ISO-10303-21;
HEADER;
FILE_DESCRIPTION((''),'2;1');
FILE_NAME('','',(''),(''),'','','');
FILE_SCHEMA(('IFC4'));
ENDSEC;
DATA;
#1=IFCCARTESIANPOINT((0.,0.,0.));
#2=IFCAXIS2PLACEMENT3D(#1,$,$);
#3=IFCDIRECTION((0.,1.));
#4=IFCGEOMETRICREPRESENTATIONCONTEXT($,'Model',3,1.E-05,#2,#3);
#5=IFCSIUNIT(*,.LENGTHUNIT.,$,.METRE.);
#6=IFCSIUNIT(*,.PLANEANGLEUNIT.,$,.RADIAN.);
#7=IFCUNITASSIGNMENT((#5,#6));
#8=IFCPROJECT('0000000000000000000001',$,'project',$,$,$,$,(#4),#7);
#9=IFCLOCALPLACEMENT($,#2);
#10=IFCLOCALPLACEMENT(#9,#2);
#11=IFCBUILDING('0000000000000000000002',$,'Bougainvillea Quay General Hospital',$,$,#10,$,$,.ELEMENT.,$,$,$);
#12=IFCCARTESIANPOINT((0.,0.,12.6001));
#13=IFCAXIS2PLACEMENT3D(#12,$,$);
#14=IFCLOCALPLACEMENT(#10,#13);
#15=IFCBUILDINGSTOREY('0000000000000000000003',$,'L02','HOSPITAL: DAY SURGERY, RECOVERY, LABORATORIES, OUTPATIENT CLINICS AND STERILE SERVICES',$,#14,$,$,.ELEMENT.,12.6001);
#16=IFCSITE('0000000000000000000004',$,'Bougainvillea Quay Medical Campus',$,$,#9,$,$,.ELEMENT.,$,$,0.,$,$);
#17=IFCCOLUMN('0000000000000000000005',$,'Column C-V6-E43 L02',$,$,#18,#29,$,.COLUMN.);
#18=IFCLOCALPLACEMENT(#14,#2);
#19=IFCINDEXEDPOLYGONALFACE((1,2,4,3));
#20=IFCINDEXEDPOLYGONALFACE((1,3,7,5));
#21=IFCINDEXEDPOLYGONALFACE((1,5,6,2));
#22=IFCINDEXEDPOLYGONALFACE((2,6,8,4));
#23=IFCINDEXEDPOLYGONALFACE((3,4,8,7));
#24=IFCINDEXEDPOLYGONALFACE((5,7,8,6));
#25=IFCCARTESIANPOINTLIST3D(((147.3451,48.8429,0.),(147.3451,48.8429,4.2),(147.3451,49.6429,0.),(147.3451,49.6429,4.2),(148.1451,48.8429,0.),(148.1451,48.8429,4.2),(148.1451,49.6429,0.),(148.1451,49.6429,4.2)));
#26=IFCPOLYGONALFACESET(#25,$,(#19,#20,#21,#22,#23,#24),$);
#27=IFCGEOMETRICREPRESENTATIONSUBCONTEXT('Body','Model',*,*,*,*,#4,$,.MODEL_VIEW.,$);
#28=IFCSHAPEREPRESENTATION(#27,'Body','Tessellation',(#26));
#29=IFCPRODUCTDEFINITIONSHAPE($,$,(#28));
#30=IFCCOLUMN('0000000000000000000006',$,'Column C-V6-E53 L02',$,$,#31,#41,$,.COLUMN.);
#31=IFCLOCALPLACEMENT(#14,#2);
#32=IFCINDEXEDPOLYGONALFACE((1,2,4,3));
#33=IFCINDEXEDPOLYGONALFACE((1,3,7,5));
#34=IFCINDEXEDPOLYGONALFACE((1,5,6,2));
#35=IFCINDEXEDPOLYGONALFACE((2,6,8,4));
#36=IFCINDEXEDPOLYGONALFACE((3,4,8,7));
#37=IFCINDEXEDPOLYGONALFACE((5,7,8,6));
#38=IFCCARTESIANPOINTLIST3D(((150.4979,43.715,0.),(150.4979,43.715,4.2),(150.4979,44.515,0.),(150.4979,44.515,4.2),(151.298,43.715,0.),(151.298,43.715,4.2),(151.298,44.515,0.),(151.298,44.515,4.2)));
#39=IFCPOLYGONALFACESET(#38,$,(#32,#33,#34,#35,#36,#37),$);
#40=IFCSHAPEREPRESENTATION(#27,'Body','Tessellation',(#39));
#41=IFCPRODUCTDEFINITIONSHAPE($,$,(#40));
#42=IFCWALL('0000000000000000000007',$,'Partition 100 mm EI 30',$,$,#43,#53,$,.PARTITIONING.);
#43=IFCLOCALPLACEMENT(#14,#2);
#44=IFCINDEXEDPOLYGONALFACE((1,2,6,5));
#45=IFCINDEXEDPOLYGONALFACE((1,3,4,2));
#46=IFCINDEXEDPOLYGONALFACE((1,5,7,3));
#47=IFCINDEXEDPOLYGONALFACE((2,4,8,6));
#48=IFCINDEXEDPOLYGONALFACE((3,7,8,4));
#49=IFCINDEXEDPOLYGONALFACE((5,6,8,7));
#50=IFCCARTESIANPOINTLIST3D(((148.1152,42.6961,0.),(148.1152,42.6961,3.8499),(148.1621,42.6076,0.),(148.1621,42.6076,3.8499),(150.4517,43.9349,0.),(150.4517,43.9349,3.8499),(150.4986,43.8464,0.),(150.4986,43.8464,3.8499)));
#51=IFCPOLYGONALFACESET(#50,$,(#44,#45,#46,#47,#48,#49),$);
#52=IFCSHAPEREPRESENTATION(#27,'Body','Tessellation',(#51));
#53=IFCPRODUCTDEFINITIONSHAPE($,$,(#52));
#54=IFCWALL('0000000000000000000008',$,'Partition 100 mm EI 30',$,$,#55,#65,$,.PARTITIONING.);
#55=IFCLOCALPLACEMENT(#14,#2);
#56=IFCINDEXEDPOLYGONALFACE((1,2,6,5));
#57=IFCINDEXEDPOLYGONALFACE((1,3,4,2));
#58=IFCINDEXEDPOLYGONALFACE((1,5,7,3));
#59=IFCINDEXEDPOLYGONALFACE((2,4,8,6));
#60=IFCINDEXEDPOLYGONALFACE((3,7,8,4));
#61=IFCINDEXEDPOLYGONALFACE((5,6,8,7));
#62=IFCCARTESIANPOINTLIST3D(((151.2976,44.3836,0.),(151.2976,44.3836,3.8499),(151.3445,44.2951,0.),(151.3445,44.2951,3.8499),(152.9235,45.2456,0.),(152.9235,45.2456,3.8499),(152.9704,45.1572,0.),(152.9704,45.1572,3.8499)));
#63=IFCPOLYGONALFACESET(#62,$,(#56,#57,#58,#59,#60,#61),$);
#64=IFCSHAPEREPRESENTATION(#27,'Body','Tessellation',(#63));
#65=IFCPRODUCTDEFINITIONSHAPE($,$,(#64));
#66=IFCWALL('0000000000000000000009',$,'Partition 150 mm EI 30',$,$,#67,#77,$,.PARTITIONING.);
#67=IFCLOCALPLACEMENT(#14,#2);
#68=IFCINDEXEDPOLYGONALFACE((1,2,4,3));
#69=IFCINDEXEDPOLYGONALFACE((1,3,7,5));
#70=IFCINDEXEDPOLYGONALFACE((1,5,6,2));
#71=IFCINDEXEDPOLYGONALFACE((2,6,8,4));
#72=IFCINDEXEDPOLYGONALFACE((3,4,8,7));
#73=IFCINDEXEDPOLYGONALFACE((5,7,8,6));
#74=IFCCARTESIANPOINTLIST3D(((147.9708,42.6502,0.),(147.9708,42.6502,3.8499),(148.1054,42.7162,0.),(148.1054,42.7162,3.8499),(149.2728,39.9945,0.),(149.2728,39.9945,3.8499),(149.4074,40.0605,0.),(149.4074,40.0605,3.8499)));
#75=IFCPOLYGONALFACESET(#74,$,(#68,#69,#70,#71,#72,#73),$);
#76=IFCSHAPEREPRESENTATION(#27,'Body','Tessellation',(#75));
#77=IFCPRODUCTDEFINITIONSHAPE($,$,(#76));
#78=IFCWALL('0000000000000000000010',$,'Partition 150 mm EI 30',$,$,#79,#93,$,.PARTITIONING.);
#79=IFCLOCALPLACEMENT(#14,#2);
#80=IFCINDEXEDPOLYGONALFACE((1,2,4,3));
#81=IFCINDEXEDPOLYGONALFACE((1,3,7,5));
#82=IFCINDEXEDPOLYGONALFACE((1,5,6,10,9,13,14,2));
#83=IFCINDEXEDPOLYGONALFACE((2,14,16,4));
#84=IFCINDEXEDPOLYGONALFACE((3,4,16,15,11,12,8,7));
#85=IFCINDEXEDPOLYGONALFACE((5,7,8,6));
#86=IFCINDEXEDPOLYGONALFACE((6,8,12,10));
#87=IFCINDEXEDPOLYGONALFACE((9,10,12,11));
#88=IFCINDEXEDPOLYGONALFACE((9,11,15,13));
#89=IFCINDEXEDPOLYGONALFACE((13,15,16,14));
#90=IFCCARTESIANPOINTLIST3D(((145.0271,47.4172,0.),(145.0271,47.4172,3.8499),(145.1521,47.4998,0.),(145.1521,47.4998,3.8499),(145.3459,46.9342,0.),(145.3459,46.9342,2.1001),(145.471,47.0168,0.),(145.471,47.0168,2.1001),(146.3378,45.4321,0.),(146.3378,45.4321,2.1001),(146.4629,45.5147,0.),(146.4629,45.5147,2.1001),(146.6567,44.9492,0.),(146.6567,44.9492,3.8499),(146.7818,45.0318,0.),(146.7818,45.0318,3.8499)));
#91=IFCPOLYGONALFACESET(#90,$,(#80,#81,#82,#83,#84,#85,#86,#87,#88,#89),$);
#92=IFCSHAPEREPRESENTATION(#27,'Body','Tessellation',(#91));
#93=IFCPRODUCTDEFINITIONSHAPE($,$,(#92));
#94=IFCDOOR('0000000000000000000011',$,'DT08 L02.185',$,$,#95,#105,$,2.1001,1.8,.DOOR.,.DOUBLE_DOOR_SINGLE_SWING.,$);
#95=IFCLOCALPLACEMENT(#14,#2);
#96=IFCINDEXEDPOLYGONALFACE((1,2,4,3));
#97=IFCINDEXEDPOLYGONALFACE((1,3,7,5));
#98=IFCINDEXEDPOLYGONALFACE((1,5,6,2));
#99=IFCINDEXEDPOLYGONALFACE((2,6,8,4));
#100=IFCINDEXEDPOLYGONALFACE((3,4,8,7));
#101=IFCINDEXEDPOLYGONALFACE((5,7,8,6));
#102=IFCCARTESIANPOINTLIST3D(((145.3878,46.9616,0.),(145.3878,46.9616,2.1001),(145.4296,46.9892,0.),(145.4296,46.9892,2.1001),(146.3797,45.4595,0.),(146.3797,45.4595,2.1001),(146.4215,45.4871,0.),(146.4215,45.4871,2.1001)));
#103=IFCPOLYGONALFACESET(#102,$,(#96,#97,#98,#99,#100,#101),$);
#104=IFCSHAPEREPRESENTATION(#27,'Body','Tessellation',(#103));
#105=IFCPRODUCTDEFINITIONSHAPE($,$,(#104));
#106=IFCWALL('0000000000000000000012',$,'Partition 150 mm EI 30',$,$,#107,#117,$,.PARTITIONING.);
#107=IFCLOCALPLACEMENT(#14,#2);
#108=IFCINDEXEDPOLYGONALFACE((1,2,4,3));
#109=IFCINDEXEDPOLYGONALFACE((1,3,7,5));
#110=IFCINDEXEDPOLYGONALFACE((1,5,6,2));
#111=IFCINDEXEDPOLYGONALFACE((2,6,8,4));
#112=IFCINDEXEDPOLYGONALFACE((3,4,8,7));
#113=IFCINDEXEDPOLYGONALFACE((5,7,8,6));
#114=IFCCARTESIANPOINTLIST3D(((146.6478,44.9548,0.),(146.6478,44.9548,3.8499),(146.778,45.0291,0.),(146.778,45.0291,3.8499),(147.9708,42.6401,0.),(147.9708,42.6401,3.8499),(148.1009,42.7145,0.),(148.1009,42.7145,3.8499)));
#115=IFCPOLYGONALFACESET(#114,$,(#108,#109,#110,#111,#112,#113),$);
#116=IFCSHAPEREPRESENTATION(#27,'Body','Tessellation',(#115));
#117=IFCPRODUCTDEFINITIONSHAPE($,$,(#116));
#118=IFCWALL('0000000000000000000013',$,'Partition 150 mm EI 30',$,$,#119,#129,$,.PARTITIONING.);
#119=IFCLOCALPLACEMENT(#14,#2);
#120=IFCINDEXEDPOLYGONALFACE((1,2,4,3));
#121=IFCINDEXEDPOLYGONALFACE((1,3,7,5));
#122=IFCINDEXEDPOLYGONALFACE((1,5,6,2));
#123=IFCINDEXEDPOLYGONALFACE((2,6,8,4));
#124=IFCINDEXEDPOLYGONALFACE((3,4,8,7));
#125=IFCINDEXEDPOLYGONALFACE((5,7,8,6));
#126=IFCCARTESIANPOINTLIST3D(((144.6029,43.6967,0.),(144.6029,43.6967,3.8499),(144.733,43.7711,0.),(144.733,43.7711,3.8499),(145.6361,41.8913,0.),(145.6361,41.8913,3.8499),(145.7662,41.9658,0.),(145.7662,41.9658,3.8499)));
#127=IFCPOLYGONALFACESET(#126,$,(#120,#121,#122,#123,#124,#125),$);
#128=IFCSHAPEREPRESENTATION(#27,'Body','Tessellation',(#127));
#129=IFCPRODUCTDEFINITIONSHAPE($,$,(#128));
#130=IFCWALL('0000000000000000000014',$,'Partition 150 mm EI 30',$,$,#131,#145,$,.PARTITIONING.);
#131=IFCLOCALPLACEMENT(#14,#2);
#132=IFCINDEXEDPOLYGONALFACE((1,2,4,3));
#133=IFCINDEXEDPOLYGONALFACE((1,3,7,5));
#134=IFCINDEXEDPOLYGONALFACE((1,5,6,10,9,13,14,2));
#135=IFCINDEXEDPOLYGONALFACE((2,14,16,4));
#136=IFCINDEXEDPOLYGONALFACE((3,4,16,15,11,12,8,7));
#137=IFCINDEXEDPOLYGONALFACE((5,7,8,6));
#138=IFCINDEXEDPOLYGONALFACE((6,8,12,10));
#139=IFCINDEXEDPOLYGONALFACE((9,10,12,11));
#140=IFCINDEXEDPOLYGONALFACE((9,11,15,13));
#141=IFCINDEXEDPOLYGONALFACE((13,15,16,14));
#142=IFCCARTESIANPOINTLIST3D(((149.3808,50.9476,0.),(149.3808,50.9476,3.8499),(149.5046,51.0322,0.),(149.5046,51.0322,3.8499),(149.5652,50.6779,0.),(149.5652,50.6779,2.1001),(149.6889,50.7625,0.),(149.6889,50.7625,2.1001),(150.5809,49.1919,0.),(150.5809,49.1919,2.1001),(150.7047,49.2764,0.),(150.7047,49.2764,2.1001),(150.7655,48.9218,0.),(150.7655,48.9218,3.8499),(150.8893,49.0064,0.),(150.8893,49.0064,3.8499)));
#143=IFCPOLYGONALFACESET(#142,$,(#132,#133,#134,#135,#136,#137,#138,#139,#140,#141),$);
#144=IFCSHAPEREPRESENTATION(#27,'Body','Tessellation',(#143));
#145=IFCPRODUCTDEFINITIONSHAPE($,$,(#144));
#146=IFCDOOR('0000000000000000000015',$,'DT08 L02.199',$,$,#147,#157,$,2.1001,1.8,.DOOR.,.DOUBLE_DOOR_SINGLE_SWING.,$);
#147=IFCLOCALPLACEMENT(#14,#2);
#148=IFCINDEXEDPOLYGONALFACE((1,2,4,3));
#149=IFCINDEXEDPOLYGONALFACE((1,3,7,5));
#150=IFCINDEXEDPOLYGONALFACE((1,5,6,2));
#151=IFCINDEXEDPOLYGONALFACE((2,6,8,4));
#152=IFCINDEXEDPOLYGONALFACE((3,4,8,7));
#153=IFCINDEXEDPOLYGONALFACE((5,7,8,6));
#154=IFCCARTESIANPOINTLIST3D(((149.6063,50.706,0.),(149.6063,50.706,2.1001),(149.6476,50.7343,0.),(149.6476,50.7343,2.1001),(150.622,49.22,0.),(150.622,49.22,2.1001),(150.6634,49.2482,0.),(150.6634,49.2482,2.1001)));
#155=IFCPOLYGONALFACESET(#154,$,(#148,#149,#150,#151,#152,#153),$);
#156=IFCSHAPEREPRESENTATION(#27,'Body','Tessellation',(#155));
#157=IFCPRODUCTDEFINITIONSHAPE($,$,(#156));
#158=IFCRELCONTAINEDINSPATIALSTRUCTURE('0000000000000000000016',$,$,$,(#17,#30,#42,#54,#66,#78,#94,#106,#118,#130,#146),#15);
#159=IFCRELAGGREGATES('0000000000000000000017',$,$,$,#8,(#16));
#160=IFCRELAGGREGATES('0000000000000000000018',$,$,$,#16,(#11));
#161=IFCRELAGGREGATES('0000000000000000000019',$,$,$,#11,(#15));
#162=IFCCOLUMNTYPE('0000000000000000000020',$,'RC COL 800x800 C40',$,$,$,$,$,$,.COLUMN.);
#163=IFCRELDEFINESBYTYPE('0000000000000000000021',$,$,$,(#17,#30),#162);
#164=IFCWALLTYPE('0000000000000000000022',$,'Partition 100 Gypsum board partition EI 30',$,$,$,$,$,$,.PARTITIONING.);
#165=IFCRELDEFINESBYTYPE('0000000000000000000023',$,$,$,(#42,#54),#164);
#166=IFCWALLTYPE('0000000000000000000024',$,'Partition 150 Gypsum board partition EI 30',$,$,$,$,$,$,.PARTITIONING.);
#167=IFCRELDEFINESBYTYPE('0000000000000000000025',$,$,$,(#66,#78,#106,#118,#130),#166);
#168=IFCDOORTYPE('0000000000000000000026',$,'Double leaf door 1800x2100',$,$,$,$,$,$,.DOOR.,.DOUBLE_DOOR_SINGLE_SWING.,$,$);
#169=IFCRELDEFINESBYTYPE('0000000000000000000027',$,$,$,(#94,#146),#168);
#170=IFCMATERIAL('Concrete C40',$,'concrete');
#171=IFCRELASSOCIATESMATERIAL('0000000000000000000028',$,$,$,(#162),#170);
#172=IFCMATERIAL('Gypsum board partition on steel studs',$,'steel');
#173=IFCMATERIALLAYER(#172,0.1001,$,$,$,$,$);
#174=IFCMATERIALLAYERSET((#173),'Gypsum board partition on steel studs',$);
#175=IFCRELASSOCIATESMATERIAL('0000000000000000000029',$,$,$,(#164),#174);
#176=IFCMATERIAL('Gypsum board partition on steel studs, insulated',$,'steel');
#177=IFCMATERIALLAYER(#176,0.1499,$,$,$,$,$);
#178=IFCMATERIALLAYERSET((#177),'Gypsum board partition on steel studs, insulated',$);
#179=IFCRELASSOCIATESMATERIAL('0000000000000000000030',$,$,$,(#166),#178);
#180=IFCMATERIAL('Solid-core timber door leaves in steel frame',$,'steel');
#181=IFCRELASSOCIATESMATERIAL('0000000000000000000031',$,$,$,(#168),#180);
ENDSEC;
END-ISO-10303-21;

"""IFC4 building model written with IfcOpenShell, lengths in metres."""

from ifc_helpers import new_model, si_unit, direction, frame, frame_2d, origin, origin_2d, place, context, subcontext, project, spatial, rectangle, extrude, material, layer, layer_set, material_profile, profile_set, type_object, element, fill, save


model = new_model("IFC4")

# Units and contexts
model_context = context("Model", 3, precision=1e-05, world=origin(), true_north=direction((0.0, 1.0)))
body_context = subcontext(model_context, "Body", "Model", "MODEL_VIEW")
ifc_project = project(units=[si_unit("LENGTHUNIT", "METRE"), si_unit("PLANEANGLEUNIT", "RADIAN")], contexts=[model_context])

# Site, building, storey
site_placement = place(None, origin())
site = spatial("IfcSite", under=ifc_project, at=site_placement, Name="Bougainvillea Quay Medical Campus", CompositionType="ELEMENT", RefElevation=0.0)
building_placement = place(site_placement, origin())
building = spatial("IfcBuilding", under=site, at=building_placement, Name="Bougainvillea Quay General Hospital", CompositionType="ELEMENT")
storey_placement = place(building_placement, frame((0.0, 0.0, 12.6001)))
storey = spatial("IfcBuildingStorey", under=building, at=storey_placement, Name="L02", Description="HOSPITAL: DAY SURGERY, RECOVERY, LABORATORIES, OUTPATIENT CLINICS AND STERILE SERVICES", CompositionType="ELEMENT", Elevation=12.6001)

# Columns
ifc_material_1 = material(Name="Concrete C40", Category="concrete")
ifc_material_profile = material_profile(ifc_material_1, rectangle(XDim=0.8, YDim=0.8, at=origin_2d()))
ifc_profile_set = profile_set([ifc_material_profile], Name="Concrete C40")
column_type = type_object("IfcColumnType", Name="RC COL 800x800 C40", PredefinedType="COLUMN", material=ifc_profile_set)
for number, where, z_axis, x_axis, name in (
    (1, (147.7451, 49.2429, 0.0), (0.0, 0.0, 1.0), (1.0, 0.0, 0.0), "Column C-V6-E43 L02"),
    (2, (150.8979, 44.115, 0.0), (0.0, 0.0, 1.0), (1.0, 0.0, 0.0), "Column C-V6-E53 L02"),
):
    element("IfcColumn", number, at=place(storey_placement, frame(where, z_axis=z_axis, x_axis=x_axis)), inside=storey, type_object=column_type, Name=name, PredefinedType="COLUMN", context=body_context, shape_type="SweptSolid", body=[
        extrude(rectangle(XDim=0.8, YDim=0.8, at=origin_2d()), origin(), (0.0, 0.0, 1.0), 4.2),
    ])

# Walls
ifc_material_2 = material(Name="Gypsum board partition on steel studs", Category="steel")
ifc_layer_1 = layer(ifc_material_2, 0.1001)
ifc_layer_set_1 = layer_set([ifc_layer_1], Name="Gypsum board partition on steel studs")
wall_type_1 = type_object("IfcWallType", Name="Partition 100 Gypsum board partition EI 30", PredefinedType="PARTITIONING", material=ifc_layer_set_1)
wall_1_placement = place(storey_placement, frame((148.1387, 42.6519, 0.0), z_axis=(0.0, 0.0, 1.0), x_axis=(0.8835, 0.468431, 0.0)))
element("IfcWall", 3, at=wall_1_placement, inside=storey, type_object=wall_type_1, Name="Partition 100 mm EI 30", PredefinedType="PARTITIONING", context=body_context, shape_type="SweptSolid", body=[
    extrude(rectangle(XDim=2.6445, YDim=0.1001, at=frame_2d((1.3223, 0.0))), origin(), (0.0, 0.0, 1.0), 3.8499),
])
wall_2_placement = place(storey_placement, frame((151.321, 44.3394, 0.0), z_axis=(0.0, 0.0, 1.0), x_axis=(0.883507, 0.468418, 0.0)))
element("IfcWall", 4, at=wall_2_placement, inside=storey, type_object=wall_type_1, Name="Partition 100 mm EI 30", PredefinedType="PARTITIONING", context=body_context, shape_type="SweptSolid", body=[
    extrude(rectangle(XDim=1.8403, YDim=0.1001, at=frame_2d((0.9202, 0.0))), origin(), (0.0, 0.0, 1.0), 3.8499),
])
ifc_material_3 = material(Name="Gypsum board partition on steel studs, insulated", Category="steel")
ifc_layer_2 = layer(ifc_material_3, 0.1499)
ifc_layer_set_2 = layer_set([ifc_layer_2], Name="Gypsum board partition on steel studs, insulated")
wall_type_2 = type_object("IfcWallType", Name="Partition 150 Gypsum board partition EI 30", PredefinedType="PARTITIONING", material=ifc_layer_set_2)
wall_3_placement = place(storey_placement, frame((148.0381, 42.6833, 0.0), z_axis=(0.0, 0.0, 1.0), x_axis=(0.4402, -0.8979, 0.0)))
element("IfcWall", 5, at=wall_3_placement, inside=storey, type_object=wall_type_2, Name="Partition 150 mm EI 30", PredefinedType="PARTITIONING", context=body_context, shape_type="SweptSolid", body=[
    extrude(rectangle(XDim=2.9578, YDim=0.1499, at=frame_2d((1.479, 0.0))), origin(), (0.0, 0.0, 1.0), 3.8499),
])

# Wall, opening, door
wall_4_placement = place(storey_placement, frame((145.0896, 47.4585, 0.0), z_axis=(0.0, 0.0, 1.0), x_axis=(0.551018, -0.834493, 0.0)))
wall_4 = element("IfcWall", 6, at=wall_4_placement, inside=storey, type_object=wall_type_2, Name="Partition 150 mm EI 30", PredefinedType="PARTITIONING", context=body_context, shape_type="SweptSolid", body=[
    extrude(rectangle(XDim=2.9575, YDim=0.1499, at=frame_2d((1.4788, 0.0))), origin(), (0.0, 0.0, 1.0), 3.8499),
])
opening_1_placement = place(wall_4_placement, frame((0.5789, 0.0, 0.0)))
opening_1 = element("IfcOpeningElement", 7, at=opening_1_placement, cuts=wall_4, PredefinedType="OPENING", context=body_context, shape_type="SweptSolid", body=[
    extrude(rectangle(XDim=1.8, YDim=2.1001, at=frame_2d((0.8999, 1.05))), frame((0.0, 0.085, 0.0), z_axis=(0.0, -1.0, 0.0), x_axis=(1.0, 0.0, 0.0)), (0.0, 0.0, 1.0), 0.1699),
])
ifc_material_4 = material(Name="Solid-core timber door leaves in steel frame", Category="steel")
door_type_1 = type_object("IfcDoorType", Name="Double leaf door 1800x2100", OperationType="DOUBLE_DOOR_SINGLE_SWING", PredefinedType="DOOR", material=ifc_material_4)
door_1_placement = place(opening_1_placement, frame((1.8, 0.0, 0.0), z_axis=(0.0, 0.0, 1.0), x_axis=(-1.0, 0.0, 0.0)))
door_1 = element("IfcDoor", 8, at=door_1_placement, inside=storey, type_object=door_type_1, Name="DT08 L02.185", OperationType="DOUBLE_DOOR_SINGLE_SWING", OverallHeight=2.1001, OverallWidth=1.8, PredefinedType="DOOR", context=body_context, shape_type="SweptSolid", body=[
    extrude(rectangle(XDim=1.8, YDim=2.1001, at=frame_2d((0.8999, 1.05))), frame((0.0, 0.0249, 0.0), z_axis=(0.0, -1.0, 0.0), x_axis=(1.0, 0.0, 0.0)), (0.0, 0.0, 1.0), 0.05),
])
fill(opening_1, door_1)

# Walls
wall_5_placement = place(storey_placement, frame((146.7129, 44.9919, 0.0), z_axis=(0.0, 0.0, 1.0), x_axis=(0.496228, -0.868192, 0.0)))
element("IfcWall", 9, at=wall_5_placement, inside=storey, type_object=wall_type_2, Name="Partition 150 mm EI 30", PredefinedType="PARTITIONING", context=body_context, shape_type="SweptSolid", body=[
    extrude(rectangle(XDim=2.666, YDim=0.1499, at=frame_2d((1.333, 0.0))), origin(), (0.0, 0.0, 1.0), 3.8499),
])
wall_6_placement = place(storey_placement, frame((144.668, 43.7339, 0.0), z_axis=(0.0, 0.0, 1.0), x_axis=(0.496695, -0.867925, 0.0)))
element("IfcWall", 10, at=wall_6_placement, inside=storey, type_object=wall_type_2, Name="Partition 150 mm EI 30", PredefinedType="PARTITIONING", context=body_context, shape_type="SweptSolid", body=[
    extrude(rectangle(XDim=2.0801, YDim=0.1499, at=frame_2d((1.04, 0.0))), origin(), (0.0, 0.0, 1.0), 3.8499),
])

# Wall, opening, door
wall_7_placement = place(storey_placement, frame((149.4426, 50.99, 0.0), z_axis=(0.0, 0.0, 1.0), x_axis=(0.564306, -0.825566, 0.0)))
wall_7 = element("IfcWall", 11, at=wall_7_placement, inside=storey, type_object=wall_type_2, Name="Partition 150 mm EI 30", PredefinedType="PARTITIONING", context=body_context, shape_type="SweptSolid", body=[
    extrude(rectangle(XDim=2.4539, YDim=0.1499, at=frame_2d((1.2271, 0.0))), origin(), (0.0, 0.0, 1.0), 3.8499),
])
opening_2_placement = place(wall_7_placement, frame((0.3269, 0.0, 0.0)))
opening_2 = element("IfcOpeningElement", 12, at=opening_2_placement, cuts=wall_7, PredefinedType="OPENING", context=body_context, shape_type="SweptSolid", body=[
    extrude(rectangle(XDim=1.8, YDim=2.1001, at=frame_2d((0.8999, 1.05))), frame((0.0, 0.085, 0.0), z_axis=(0.0, -1.0, 0.0), x_axis=(1.0, 0.0, 0.0)), (0.0, 0.0, 1.0), 0.1699),
])
door_2_placement = place(opening_2_placement, origin())
door_2 = element("IfcDoor", 13, at=door_2_placement, inside=storey, type_object=door_type_1, Name="DT08 L02.199", OperationType="DOUBLE_DOOR_SINGLE_SWING", OverallHeight=2.1001, OverallWidth=1.8, PredefinedType="DOOR", context=body_context, shape_type="SweptSolid", body=[
    extrude(rectangle(XDim=1.8, YDim=2.1001, at=frame_2d((0.8999, 1.05))), frame((0.0, 0.0249, 0.0), z_axis=(0.0, -1.0, 0.0), x_axis=(1.0, 0.0, 0.0)), (0.0, 0.0, 1.0), 0.05),
])
fill(opening_2, door_2)

save(model, "model.ifc")
